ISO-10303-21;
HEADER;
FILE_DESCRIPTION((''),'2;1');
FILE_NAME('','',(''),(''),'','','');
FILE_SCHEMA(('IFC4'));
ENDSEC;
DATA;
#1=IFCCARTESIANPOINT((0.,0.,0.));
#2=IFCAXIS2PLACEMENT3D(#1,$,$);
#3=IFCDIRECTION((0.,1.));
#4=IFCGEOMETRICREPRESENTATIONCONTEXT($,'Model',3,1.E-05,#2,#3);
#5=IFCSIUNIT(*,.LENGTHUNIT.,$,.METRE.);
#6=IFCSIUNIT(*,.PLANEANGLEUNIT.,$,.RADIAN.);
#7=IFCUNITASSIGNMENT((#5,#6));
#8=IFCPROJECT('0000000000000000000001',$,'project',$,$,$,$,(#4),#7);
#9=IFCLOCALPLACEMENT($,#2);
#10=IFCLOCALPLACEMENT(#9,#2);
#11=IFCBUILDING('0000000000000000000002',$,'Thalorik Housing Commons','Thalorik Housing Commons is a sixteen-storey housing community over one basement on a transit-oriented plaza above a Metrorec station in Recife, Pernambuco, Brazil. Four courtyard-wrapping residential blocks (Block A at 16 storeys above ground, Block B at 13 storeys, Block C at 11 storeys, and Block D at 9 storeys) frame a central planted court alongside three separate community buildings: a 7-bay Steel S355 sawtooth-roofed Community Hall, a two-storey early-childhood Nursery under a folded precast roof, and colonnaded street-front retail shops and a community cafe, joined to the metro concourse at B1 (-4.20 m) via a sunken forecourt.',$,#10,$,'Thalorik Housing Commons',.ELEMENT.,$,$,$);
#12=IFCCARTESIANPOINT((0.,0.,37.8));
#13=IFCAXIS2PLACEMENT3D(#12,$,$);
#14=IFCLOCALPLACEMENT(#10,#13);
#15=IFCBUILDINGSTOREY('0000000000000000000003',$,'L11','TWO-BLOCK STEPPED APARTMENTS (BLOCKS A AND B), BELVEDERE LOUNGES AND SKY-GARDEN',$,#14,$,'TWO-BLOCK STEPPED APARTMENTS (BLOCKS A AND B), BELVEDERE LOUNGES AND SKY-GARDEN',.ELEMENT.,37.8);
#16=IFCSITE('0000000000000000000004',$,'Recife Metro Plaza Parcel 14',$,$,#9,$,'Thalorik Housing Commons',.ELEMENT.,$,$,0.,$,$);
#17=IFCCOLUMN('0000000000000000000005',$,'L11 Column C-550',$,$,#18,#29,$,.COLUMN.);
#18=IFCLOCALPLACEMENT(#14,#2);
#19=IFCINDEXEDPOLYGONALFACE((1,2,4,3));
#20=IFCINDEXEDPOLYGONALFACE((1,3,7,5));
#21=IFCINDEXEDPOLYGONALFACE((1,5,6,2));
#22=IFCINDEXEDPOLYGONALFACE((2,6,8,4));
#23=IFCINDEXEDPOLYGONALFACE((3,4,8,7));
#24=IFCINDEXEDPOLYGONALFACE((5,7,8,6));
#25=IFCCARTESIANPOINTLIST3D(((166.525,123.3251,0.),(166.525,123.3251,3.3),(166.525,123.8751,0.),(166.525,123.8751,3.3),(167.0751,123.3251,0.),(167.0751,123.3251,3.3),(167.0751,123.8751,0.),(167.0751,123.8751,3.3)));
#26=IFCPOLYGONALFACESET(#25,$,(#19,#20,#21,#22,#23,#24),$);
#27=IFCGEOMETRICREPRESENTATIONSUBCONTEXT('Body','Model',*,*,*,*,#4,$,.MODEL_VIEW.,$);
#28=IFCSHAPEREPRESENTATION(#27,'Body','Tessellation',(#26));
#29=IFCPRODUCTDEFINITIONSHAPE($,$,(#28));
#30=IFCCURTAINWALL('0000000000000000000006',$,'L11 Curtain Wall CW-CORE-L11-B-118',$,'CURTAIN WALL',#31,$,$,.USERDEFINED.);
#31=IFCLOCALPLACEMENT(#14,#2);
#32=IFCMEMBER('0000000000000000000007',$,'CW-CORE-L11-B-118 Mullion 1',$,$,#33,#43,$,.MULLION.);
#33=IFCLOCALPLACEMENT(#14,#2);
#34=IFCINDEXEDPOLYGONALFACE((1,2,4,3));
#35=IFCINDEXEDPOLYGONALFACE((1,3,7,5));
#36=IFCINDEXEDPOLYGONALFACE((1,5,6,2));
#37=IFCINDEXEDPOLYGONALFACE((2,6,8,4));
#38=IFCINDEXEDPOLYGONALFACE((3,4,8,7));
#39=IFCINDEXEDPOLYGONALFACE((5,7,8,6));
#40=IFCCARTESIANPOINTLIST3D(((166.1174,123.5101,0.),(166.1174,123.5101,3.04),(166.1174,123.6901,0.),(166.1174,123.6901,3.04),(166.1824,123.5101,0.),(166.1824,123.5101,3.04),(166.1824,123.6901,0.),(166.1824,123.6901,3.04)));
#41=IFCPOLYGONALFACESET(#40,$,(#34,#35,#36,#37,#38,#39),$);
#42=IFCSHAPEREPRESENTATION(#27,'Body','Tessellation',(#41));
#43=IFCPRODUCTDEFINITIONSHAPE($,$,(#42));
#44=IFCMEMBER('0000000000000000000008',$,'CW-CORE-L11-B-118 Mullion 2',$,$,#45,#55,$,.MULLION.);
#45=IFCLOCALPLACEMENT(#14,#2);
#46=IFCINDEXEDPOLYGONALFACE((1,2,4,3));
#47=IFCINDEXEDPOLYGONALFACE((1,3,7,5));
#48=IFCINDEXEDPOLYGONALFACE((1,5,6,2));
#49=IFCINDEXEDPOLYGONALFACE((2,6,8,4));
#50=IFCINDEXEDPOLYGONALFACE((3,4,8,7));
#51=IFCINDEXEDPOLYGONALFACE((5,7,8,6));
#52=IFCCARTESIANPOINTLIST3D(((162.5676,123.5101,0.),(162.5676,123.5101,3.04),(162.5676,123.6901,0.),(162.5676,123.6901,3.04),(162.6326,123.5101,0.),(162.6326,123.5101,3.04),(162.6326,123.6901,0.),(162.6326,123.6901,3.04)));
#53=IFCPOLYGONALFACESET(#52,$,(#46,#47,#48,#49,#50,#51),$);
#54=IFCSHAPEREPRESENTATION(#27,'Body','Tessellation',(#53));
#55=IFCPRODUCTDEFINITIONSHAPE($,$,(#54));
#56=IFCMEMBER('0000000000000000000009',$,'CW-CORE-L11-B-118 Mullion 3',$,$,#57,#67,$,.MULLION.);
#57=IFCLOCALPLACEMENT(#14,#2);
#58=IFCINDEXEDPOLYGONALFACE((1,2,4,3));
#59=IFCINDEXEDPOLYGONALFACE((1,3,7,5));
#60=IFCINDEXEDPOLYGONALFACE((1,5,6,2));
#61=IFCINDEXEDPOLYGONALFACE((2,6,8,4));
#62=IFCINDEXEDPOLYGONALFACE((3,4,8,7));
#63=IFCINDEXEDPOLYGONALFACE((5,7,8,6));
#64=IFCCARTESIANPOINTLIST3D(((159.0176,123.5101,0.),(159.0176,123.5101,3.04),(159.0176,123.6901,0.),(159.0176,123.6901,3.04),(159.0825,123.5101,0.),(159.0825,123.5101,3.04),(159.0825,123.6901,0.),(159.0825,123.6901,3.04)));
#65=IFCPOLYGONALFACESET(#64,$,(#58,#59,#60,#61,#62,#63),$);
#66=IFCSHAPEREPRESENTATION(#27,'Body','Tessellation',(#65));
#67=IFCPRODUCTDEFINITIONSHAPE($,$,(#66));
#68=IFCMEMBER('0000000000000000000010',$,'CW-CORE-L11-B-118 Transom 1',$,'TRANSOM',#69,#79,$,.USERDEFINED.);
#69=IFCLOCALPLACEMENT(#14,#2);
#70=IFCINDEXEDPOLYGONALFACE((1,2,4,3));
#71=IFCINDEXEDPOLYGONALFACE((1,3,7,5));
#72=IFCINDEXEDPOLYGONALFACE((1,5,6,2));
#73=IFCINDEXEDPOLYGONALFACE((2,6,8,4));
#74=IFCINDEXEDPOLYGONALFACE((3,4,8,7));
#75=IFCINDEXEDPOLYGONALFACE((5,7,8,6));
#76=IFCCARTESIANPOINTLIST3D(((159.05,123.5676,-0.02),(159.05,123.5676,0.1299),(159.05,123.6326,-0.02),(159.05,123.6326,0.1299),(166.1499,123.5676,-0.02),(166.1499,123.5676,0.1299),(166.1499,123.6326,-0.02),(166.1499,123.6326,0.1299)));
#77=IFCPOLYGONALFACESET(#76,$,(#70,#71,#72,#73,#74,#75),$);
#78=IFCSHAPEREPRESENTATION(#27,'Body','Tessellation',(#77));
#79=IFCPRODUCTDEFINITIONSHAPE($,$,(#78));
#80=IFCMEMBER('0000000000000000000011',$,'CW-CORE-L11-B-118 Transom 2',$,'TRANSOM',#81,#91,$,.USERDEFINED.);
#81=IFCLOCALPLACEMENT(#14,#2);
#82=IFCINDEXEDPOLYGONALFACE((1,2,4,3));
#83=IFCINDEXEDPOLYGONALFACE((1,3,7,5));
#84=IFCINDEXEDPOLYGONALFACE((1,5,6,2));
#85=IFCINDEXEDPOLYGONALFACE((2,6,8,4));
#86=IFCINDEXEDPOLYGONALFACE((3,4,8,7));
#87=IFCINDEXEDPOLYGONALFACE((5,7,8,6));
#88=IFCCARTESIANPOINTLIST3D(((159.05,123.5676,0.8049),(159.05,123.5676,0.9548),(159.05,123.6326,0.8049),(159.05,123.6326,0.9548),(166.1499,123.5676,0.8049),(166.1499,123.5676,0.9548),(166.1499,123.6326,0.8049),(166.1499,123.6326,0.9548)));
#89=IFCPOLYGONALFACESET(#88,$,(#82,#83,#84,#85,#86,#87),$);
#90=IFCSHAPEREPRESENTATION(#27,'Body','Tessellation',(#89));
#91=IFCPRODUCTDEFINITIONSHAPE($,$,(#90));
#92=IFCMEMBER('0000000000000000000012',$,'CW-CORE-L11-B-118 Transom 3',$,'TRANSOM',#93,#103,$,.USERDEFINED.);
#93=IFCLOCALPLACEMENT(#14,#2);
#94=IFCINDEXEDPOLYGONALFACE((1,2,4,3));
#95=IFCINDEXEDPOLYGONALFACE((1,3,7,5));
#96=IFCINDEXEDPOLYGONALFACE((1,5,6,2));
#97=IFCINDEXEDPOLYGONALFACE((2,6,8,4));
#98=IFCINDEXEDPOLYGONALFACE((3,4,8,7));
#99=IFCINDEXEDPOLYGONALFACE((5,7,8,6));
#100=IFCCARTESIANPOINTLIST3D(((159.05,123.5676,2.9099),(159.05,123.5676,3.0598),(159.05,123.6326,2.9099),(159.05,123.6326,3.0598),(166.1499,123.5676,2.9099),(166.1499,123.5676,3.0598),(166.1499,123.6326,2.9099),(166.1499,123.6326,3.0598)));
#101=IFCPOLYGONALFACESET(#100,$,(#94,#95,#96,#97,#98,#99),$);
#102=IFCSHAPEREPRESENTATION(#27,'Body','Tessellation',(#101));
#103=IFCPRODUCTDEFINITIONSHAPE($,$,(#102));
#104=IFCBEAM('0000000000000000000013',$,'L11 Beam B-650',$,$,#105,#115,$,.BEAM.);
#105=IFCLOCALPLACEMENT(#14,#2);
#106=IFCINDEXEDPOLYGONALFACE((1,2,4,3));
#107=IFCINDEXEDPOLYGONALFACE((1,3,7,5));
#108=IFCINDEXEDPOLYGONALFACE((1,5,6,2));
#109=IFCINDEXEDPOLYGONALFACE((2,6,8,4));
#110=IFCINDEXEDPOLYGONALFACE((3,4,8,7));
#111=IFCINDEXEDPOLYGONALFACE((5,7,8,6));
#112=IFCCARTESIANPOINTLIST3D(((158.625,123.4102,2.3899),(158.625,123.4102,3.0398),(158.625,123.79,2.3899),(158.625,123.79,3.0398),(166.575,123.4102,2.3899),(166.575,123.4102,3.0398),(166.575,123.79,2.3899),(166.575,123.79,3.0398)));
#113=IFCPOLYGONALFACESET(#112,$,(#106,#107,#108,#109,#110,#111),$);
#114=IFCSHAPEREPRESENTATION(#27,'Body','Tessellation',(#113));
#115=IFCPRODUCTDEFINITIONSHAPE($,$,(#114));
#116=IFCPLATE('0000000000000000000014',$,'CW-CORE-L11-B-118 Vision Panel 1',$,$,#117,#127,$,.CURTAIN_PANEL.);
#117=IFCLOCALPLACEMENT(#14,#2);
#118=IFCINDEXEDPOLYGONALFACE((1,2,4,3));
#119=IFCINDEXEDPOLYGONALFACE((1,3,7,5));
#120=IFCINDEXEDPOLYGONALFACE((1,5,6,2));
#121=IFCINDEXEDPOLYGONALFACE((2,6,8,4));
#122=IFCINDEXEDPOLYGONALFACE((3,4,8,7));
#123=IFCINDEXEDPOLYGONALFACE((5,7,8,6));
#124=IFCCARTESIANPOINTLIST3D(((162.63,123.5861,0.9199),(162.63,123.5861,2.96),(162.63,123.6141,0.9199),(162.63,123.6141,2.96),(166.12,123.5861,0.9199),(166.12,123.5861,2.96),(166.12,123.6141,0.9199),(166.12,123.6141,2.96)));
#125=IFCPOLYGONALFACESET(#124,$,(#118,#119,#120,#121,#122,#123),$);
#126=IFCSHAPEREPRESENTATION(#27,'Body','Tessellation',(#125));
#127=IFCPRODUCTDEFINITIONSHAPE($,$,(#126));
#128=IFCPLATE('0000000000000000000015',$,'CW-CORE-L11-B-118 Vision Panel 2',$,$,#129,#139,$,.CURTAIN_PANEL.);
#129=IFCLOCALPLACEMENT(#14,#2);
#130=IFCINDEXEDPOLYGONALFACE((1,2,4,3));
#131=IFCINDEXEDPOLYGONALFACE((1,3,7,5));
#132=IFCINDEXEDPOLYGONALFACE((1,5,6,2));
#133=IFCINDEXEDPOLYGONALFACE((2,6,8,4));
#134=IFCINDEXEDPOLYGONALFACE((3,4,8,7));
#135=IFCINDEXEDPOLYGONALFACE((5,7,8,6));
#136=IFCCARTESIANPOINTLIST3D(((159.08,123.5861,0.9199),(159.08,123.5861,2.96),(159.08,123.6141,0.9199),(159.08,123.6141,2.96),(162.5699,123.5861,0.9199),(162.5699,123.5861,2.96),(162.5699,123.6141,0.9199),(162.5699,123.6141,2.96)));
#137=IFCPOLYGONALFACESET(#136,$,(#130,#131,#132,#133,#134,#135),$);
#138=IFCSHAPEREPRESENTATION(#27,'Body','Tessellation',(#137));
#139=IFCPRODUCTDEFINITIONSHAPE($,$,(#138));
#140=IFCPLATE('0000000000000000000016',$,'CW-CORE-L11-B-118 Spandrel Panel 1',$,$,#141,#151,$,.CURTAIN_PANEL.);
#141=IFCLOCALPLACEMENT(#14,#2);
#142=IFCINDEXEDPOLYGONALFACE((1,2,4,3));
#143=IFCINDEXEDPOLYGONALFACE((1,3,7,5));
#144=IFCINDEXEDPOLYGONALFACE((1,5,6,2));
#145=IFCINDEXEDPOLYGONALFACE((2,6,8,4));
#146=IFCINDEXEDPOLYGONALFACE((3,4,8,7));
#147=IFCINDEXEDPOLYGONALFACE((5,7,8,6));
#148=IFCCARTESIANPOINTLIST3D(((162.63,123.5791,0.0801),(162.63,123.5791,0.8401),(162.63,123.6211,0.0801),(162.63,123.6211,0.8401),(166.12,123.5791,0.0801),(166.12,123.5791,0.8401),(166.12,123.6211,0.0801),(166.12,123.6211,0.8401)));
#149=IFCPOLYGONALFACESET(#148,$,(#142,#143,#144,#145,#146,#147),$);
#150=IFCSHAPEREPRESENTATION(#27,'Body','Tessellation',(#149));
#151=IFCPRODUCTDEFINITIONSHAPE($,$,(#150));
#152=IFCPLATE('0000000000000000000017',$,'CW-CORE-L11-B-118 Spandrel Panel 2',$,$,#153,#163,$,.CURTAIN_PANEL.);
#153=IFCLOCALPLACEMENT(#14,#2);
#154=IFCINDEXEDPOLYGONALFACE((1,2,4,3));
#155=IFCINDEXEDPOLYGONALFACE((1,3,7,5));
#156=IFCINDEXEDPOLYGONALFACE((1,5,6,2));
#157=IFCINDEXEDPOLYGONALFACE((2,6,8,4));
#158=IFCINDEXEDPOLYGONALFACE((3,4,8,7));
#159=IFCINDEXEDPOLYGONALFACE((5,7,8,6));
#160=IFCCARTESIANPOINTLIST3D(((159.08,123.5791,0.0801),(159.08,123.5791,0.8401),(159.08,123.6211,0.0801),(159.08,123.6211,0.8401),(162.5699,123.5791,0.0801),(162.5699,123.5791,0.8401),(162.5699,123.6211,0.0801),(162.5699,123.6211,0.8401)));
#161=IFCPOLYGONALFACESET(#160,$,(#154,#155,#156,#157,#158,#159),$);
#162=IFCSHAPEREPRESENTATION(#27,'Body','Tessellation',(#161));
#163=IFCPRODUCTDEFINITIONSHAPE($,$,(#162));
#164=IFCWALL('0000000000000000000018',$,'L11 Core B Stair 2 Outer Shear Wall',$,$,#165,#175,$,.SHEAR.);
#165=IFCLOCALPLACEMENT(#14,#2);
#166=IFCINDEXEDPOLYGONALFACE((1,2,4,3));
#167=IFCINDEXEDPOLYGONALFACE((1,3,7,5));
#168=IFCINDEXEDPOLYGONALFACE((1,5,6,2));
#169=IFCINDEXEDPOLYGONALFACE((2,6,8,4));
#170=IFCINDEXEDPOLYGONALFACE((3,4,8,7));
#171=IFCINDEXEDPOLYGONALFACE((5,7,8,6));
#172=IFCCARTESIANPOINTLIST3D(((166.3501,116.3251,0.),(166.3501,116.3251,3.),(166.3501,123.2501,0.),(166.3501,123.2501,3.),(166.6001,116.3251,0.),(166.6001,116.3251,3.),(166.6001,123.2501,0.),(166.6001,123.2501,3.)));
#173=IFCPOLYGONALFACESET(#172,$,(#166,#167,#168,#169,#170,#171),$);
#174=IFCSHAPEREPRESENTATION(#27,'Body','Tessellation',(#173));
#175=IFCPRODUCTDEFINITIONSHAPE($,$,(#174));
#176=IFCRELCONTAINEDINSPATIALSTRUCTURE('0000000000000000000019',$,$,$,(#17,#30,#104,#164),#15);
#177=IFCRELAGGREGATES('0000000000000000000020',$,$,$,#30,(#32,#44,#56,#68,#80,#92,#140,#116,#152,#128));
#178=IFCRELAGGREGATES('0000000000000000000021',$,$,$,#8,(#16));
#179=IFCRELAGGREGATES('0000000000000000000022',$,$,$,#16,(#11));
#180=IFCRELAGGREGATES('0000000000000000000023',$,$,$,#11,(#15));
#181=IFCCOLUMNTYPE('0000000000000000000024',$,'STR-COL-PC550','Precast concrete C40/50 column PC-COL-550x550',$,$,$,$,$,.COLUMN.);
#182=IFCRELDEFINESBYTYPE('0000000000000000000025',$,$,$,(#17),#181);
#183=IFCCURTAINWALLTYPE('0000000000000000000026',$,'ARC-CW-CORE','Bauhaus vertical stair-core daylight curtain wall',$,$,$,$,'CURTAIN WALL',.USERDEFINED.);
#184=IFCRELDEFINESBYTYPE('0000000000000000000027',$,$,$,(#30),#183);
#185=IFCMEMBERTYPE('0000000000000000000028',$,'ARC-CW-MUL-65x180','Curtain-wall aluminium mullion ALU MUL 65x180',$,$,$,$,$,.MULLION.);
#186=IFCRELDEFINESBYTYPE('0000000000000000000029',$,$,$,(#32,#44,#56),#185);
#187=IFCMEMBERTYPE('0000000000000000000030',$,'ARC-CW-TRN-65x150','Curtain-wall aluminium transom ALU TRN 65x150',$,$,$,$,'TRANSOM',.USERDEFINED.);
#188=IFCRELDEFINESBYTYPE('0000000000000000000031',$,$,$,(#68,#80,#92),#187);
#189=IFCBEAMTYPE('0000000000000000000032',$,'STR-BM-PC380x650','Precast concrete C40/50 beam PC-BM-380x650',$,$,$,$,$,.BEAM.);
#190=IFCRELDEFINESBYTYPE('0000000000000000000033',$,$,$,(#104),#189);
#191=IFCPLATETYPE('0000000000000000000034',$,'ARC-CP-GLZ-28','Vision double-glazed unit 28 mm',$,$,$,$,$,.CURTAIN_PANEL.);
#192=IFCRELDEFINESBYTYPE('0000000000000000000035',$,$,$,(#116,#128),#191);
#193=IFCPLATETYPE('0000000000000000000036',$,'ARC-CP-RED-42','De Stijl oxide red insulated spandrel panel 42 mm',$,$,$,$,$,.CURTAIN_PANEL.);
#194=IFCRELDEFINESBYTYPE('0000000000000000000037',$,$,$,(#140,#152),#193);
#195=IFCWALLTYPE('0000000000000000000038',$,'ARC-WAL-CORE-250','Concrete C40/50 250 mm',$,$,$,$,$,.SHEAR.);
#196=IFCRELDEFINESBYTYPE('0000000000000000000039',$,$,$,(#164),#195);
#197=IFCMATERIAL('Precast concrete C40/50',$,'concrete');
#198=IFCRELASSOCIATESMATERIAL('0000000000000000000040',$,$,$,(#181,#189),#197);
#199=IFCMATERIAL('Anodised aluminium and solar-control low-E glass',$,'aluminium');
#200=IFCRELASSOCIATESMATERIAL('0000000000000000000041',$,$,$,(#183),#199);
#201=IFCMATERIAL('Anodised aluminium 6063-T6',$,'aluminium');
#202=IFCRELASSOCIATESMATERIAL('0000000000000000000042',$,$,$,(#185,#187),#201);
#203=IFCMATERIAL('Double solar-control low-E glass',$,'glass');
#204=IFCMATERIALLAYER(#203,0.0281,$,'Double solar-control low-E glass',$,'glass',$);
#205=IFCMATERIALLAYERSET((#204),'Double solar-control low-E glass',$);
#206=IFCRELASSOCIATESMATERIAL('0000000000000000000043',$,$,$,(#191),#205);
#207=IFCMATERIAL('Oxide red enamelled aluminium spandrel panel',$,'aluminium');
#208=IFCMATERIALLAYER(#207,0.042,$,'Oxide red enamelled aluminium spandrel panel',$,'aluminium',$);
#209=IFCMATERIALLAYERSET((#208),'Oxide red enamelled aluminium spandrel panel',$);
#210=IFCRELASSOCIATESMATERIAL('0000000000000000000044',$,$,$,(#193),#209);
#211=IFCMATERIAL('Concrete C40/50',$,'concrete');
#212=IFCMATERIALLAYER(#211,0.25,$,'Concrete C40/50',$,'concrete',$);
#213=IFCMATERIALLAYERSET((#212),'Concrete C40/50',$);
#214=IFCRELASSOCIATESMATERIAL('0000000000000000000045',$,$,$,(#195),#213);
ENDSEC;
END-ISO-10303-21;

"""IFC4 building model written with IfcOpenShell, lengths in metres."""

from ifc_helpers import new_model, si_unit, direction, frame, frame_2d, origin, origin_2d, place, context, subcontext, project, spatial, rectangle, extrude, material, layer, layer_set, material_profile, profile_set, type_object, element, aggregate, save


model = new_model("IFC4")

# Units and contexts
model_context = context("Model", 3, precision=1e-05, world=origin(), true_north=direction((0.0, 1.0)))
body_context = subcontext(model_context, "Body", "Model", "MODEL_VIEW")
ifc_project = project(units=[si_unit("LENGTHUNIT", "METRE"), si_unit("PLANEANGLEUNIT", "RADIAN")], contexts=[model_context])

# Site, building, storey
site_placement = place(None, origin())
site = spatial("IfcSite", under=ifc_project, at=site_placement, Name="Recife Metro Plaza Parcel 14", LongName="Thalorik Housing Commons", CompositionType="ELEMENT", RefElevation=0.0)
building_placement = place(site_placement, origin())
building = spatial("IfcBuilding", under=site, at=building_placement, Name="Thalorik Housing Commons", Description="Thalorik Housing Commons is a sixteen-storey housing community over one basement on a transit-oriented plaza above a Metrorec station in Recife, Pernambuco, Brazil. Four courtyard-wrapping residential blocks (Block A at 16 storeys above ground, Block B at 13 storeys, Block C at 11 storeys, and Block D at 9 storeys) frame a central planted court alongside three separate community buildings: a 7-bay Steel S355 sawtooth-roofed Community Hall, a two-storey early-childhood Nursery under a folded precast roof, and colonnaded street-front retail shops and a community cafe, joined to the metro concourse at B1 (-4.20 m) via a sunken forecourt.", LongName="Thalorik Housing Commons", CompositionType="ELEMENT")
storey_placement = place(building_placement, frame((0.0, 0.0, 37.8)))
storey = spatial("IfcBuildingStorey", under=building, at=storey_placement, Name="L11", Description="TWO-BLOCK STEPPED APARTMENTS (BLOCKS A AND B), BELVEDERE LOUNGES AND SKY-GARDEN", LongName="TWO-BLOCK STEPPED APARTMENTS (BLOCKS A AND B), BELVEDERE LOUNGES AND SKY-GARDEN", CompositionType="ELEMENT", Elevation=37.8)

# Column
ifc_material_1 = material(Name="Precast concrete C40/50", Category="concrete")
ifc_material_profile_1 = material_profile(ifc_material_1, rectangle(XDim=0.55, YDim=0.55, at=origin_2d()), Name="PC 550x550", Category="concrete")
ifc_profile_set_1 = profile_set([ifc_material_profile_1], Name="Precast concrete C40/50")
column_type = type_object("IfcColumnType", Name="STR-COL-PC550", Description="Precast concrete C40/50 column PC-COL-550x550", PredefinedType="COLUMN", material=ifc_profile_set_1)
column_placement = place(storey_placement, frame((166.8, 123.6001, 0.0), z_axis=(0.0, 0.0, 1.0), x_axis=(1.0, 0.0, 0.0)))
element("IfcColumn", 1, at=column_placement, inside=storey, type_object=column_type, Name="L11 Column C-550", PredefinedType="COLUMN", context=body_context, shape_type="SweptSolid", body=[
    extrude(rectangle(XDim=0.55, YDim=0.55, at=origin_2d()), origin(), (0.0, 0.0, 1.0), 3.3),
])

# Curtain wall, members
ifc_material_2 = material(Name="Anodised aluminium and solar-control low-E glass", Category="aluminium")
curtain_wall_type = type_object("IfcCurtainWallType", Name="ARC-CW-CORE", Description="Bauhaus vertical stair-core daylight curtain wall", ElementType="CURTAIN WALL", PredefinedType="USERDEFINED", material=ifc_material_2)
curtain_wall_placement = place(storey_placement, origin())
curtain_wall = element("IfcCurtainWall", 2, at=curtain_wall_placement, inside=storey, type_object=curtain_wall_type, Name="L11 Curtain Wall CW-CORE-L11-B-118", ObjectType="CURTAIN WALL", PredefinedType="USERDEFINED")
ifc_material_3 = material(Name="Anodised aluminium 6063-T6", Category="aluminium")
ifc_material_profile_2 = material_profile(ifc_material_3, rectangle(XDim=0.0649, YDim=0.1799, at=origin_2d()), Name="ALU MUL 65x180", Category="aluminium")
ifc_profile_set_2 = profile_set([ifc_material_profile_2], Name="Anodised aluminium 6063-T6")
member_type_1 = type_object("IfcMemberType", Name="ARC-CW-MUL-65x180", Description="Curtain-wall aluminium mullion ALU MUL 65x180", PredefinedType="MULLION", material=ifc_profile_set_2)
member_1_placement = place(storey_placement, frame((166.1499, 123.6001, 0.0), z_axis=(0.0, 0.0, 1.0), x_axis=(-1.0, 0.0, 0.0)))
member_1 = element("IfcMember", 3, at=member_1_placement, type_object=member_type_1, Name="CW-CORE-L11-B-118 Mullion 1", PredefinedType="MULLION", context=body_context, shape_type="SweptSolid", body=[
    extrude(rectangle(XDim=0.0649, YDim=0.1799, at=origin_2d()), origin(), (0.0, 0.0, 1.0), 3.04),
])
member_2_placement = place(storey_placement, frame((162.6001, 123.6001, 0.0), z_axis=(0.0, 0.0, 1.0), x_axis=(-1.0, 0.0, 0.0)))
member_2 = element("IfcMember", 4, at=member_2_placement, type_object=member_type_1, Name="CW-CORE-L11-B-118 Mullion 2", PredefinedType="MULLION", context=body_context, shape_type="SweptSolid", body=[
    extrude(rectangle(XDim=0.0649, YDim=0.1799, at=origin_2d()), origin(), (0.0, 0.0, 1.0), 3.04),
])
member_3_placement = place(storey_placement, frame((159.05, 123.6001, 0.0), z_axis=(0.0, 0.0, 1.0), x_axis=(-1.0, 0.0, 0.0)))
member_3 = element("IfcMember", 5, at=member_3_placement, type_object=member_type_1, Name="CW-CORE-L11-B-118 Mullion 3", PredefinedType="MULLION", context=body_context, shape_type="SweptSolid", body=[
    extrude(rectangle(XDim=0.0649, YDim=0.1799, at=origin_2d()), origin(), (0.0, 0.0, 1.0), 3.04),
])
ifc_material_profile_3 = material_profile(ifc_material_3, rectangle(XDim=0.0649, YDim=0.1499, at=origin_2d()), Name="ALU TRN 65x150", Category="aluminium")
ifc_profile_set_3 = profile_set([ifc_material_profile_3], Name="Anodised aluminium 6063-T6")
member_type_2 = type_object("IfcMemberType", Name="ARC-CW-TRN-65x150", Description="Curtain-wall aluminium transom ALU TRN 65x150", ElementType="TRANSOM", PredefinedType="USERDEFINED", material=ifc_profile_set_3)
member_4_placement = place(storey_placement, frame((166.1499, 123.6001, 0.0549), z_axis=(-1.0, 0.0, 0.0), x_axis=(0.0, -1.0, 0.0)))
member_4 = element("IfcMember", 6, at=member_4_placement, type_object=member_type_2, Name="CW-CORE-L11-B-118 Transom 1", ObjectType="TRANSOM", PredefinedType="USERDEFINED", context=body_context, shape_type="SweptSolid", body=[
    extrude(rectangle(XDim=0.0649, YDim=0.1499, at=origin_2d()), origin(), (0.0, 0.0, 1.0), 7.0999),
])
member_5_placement = place(storey_placement, frame((166.1499, 123.6001, 0.8799), z_axis=(-1.0, 0.0, 0.0), x_axis=(0.0, -1.0, 0.0)))
member_5 = element("IfcMember", 7, at=member_5_placement, type_object=member_type_2, Name="CW-CORE-L11-B-118 Transom 2", ObjectType="TRANSOM", PredefinedType="USERDEFINED", context=body_context, shape_type="SweptSolid", body=[
    extrude(rectangle(XDim=0.0649, YDim=0.1499, at=origin_2d()), origin(), (0.0, 0.0, 1.0), 7.0999),
])
member_6_placement = place(storey_placement, frame((166.1499, 123.6001, 2.9849), z_axis=(-1.0, 0.0, 0.0), x_axis=(0.0, -1.0, 0.0)))
member_6 = element("IfcMember", 8, at=member_6_placement, type_object=member_type_2, Name="CW-CORE-L11-B-118 Transom 3", ObjectType="TRANSOM", PredefinedType="USERDEFINED", context=body_context, shape_type="SweptSolid", body=[
    extrude(rectangle(XDim=0.0649, YDim=0.1499, at=origin_2d()), origin(), (0.0, 0.0, 1.0), 7.0999),
])

# Beam
ifc_material_profile_4 = material_profile(ifc_material_1, rectangle(XDim=0.3799, YDim=0.6499, at=origin_2d()), Name="PC 380x650", Category="concrete")
ifc_profile_set_4 = profile_set([ifc_material_profile_4], Name="Precast concrete C40/50")
beam_type = type_object("IfcBeamType", Name="STR-BM-PC380x650", Description="Precast concrete C40/50 beam PC-BM-380x650", PredefinedType="BEAM", material=ifc_profile_set_4)
beam_placement = place(storey_placement, frame((158.625, 123.6001, 2.7148), z_axis=(1.0, 0.0, 0.0), x_axis=(0.0, 1.0, 0.0)))
element("IfcBeam", 9, at=beam_placement, inside=storey, type_object=beam_type, Name="L11 Beam B-650", PredefinedType="BEAM", context=body_context, shape_type="SweptSolid", body=[
    extrude(rectangle(XDim=0.3799, YDim=0.6499, at=origin_2d()), origin(), (0.0, 0.0, 1.0), 7.95),
])

# Plates
ifc_material_4 = material(Name="Double solar-control low-E glass", Category="glass")
ifc_layer_1 = layer(ifc_material_4, 0.0281, Name="Double solar-control low-E glass", Category="glass")
ifc_layer_set_1 = layer_set([ifc_layer_1], Name="Double solar-control low-E glass")
plate_type_1 = type_object("IfcPlateType", Name="ARC-CP-GLZ-28", Description="Vision double-glazed unit 28 mm", PredefinedType="CURTAIN_PANEL", material=ifc_layer_set_1)
plate_1_placement = place(storey_placement, frame((164.375, 123.6001, 0.9199), z_axis=(0.0, 0.0, 1.0), x_axis=(-1.0, 0.0, 0.0)))
plate_1 = element("IfcPlate", 10, at=plate_1_placement, type_object=plate_type_1, Name="CW-CORE-L11-B-118 Vision Panel 1", PredefinedType="CURTAIN_PANEL", context=body_context, shape_type="SweptSolid", body=[
    extrude(rectangle(XDim=3.49, YDim=0.0281, at=origin_2d()), origin(), (0.0, 0.0, 1.0), 2.04),
])
plate_2_placement = place(storey_placement, frame((160.825, 123.6001, 0.9199), z_axis=(0.0, 0.0, 1.0), x_axis=(-1.0, 0.0, 0.0)))
plate_2 = element("IfcPlate", 11, at=plate_2_placement, type_object=plate_type_1, Name="CW-CORE-L11-B-118 Vision Panel 2", PredefinedType="CURTAIN_PANEL", context=body_context, shape_type="SweptSolid", body=[
    extrude(rectangle(XDim=3.49, YDim=0.0281, at=origin_2d()), origin(), (0.0, 0.0, 1.0), 2.04),
])
ifc_material_5 = material(Name="Oxide red enamelled aluminium spandrel panel", Category="aluminium")
ifc_layer_2 = layer(ifc_material_5, 0.042, Name="Oxide red enamelled aluminium spandrel panel", Category="aluminium")
ifc_layer_set_2 = layer_set([ifc_layer_2], Name="Oxide red enamelled aluminium spandrel panel")
plate_type_2 = type_object("IfcPlateType", Name="ARC-CP-RED-42", Description="De Stijl oxide red insulated spandrel panel 42 mm", PredefinedType="CURTAIN_PANEL", material=ifc_layer_set_2)
plate_3_placement = place(storey_placement, frame((164.375, 123.6001, 0.0801), z_axis=(0.0, 0.0, 1.0), x_axis=(-1.0, 0.0, 0.0)))
plate_3 = element("IfcPlate", 12, at=plate_3_placement, type_object=plate_type_2, Name="CW-CORE-L11-B-118 Spandrel Panel 1", PredefinedType="CURTAIN_PANEL", context=body_context, shape_type="SweptSolid", body=[
    extrude(rectangle(XDim=3.49, YDim=0.042, at=origin_2d()), origin(), (0.0, 0.0, 1.0), 0.76),
])
plate_4_placement = place(storey_placement, frame((160.825, 123.6001, 0.0801), z_axis=(0.0, 0.0, 1.0), x_axis=(-1.0, 0.0, 0.0)))
plate_4 = element("IfcPlate", 13, at=plate_4_placement, type_object=plate_type_2, Name="CW-CORE-L11-B-118 Spandrel Panel 2", PredefinedType="CURTAIN_PANEL", context=body_context, shape_type="SweptSolid", body=[
    extrude(rectangle(XDim=3.49, YDim=0.042, at=origin_2d()), origin(), (0.0, 0.0, 1.0), 0.76),
])
aggregate(curtain_wall, [member_1, member_2, member_3, member_4, member_5, member_6, plate_3, plate_1, plate_4, plate_2])

# Wall
ifc_material_6 = material(Name="Concrete C40/50", Category="concrete")
ifc_layer_3 = layer(ifc_material_6, 0.25, Name="Concrete C40/50", Category="concrete")
ifc_layer_set_3 = layer_set([ifc_layer_3], Name="Concrete C40/50")
wall_type_1 = type_object("IfcWallType", Name="ARC-WAL-CORE-250", Description="Concrete C40/50 250 mm", PredefinedType="SHEAR", material=ifc_layer_set_3)
wall_1_placement = place(storey_placement, frame((166.4751, 123.25, 0.0), z_axis=(0.0, 0.0, 1.0), x_axis=(0.0, -1.0, 0.0)))
element("IfcWall", 14, at=wall_1_placement, inside=storey, type_object=wall_type_1, Name="L11 Core B Stair 2 Outer Shear Wall", PredefinedType="SHEAR", context=body_context, shape_type="SweptSolid", body=[
    extrude(rectangle(XDim=6.925, YDim=0.25, at=frame_2d((3.4624, 0.0))), origin(), (0.0, 0.0, 1.0), 3.0),
])

save(model, "model.ifc")
